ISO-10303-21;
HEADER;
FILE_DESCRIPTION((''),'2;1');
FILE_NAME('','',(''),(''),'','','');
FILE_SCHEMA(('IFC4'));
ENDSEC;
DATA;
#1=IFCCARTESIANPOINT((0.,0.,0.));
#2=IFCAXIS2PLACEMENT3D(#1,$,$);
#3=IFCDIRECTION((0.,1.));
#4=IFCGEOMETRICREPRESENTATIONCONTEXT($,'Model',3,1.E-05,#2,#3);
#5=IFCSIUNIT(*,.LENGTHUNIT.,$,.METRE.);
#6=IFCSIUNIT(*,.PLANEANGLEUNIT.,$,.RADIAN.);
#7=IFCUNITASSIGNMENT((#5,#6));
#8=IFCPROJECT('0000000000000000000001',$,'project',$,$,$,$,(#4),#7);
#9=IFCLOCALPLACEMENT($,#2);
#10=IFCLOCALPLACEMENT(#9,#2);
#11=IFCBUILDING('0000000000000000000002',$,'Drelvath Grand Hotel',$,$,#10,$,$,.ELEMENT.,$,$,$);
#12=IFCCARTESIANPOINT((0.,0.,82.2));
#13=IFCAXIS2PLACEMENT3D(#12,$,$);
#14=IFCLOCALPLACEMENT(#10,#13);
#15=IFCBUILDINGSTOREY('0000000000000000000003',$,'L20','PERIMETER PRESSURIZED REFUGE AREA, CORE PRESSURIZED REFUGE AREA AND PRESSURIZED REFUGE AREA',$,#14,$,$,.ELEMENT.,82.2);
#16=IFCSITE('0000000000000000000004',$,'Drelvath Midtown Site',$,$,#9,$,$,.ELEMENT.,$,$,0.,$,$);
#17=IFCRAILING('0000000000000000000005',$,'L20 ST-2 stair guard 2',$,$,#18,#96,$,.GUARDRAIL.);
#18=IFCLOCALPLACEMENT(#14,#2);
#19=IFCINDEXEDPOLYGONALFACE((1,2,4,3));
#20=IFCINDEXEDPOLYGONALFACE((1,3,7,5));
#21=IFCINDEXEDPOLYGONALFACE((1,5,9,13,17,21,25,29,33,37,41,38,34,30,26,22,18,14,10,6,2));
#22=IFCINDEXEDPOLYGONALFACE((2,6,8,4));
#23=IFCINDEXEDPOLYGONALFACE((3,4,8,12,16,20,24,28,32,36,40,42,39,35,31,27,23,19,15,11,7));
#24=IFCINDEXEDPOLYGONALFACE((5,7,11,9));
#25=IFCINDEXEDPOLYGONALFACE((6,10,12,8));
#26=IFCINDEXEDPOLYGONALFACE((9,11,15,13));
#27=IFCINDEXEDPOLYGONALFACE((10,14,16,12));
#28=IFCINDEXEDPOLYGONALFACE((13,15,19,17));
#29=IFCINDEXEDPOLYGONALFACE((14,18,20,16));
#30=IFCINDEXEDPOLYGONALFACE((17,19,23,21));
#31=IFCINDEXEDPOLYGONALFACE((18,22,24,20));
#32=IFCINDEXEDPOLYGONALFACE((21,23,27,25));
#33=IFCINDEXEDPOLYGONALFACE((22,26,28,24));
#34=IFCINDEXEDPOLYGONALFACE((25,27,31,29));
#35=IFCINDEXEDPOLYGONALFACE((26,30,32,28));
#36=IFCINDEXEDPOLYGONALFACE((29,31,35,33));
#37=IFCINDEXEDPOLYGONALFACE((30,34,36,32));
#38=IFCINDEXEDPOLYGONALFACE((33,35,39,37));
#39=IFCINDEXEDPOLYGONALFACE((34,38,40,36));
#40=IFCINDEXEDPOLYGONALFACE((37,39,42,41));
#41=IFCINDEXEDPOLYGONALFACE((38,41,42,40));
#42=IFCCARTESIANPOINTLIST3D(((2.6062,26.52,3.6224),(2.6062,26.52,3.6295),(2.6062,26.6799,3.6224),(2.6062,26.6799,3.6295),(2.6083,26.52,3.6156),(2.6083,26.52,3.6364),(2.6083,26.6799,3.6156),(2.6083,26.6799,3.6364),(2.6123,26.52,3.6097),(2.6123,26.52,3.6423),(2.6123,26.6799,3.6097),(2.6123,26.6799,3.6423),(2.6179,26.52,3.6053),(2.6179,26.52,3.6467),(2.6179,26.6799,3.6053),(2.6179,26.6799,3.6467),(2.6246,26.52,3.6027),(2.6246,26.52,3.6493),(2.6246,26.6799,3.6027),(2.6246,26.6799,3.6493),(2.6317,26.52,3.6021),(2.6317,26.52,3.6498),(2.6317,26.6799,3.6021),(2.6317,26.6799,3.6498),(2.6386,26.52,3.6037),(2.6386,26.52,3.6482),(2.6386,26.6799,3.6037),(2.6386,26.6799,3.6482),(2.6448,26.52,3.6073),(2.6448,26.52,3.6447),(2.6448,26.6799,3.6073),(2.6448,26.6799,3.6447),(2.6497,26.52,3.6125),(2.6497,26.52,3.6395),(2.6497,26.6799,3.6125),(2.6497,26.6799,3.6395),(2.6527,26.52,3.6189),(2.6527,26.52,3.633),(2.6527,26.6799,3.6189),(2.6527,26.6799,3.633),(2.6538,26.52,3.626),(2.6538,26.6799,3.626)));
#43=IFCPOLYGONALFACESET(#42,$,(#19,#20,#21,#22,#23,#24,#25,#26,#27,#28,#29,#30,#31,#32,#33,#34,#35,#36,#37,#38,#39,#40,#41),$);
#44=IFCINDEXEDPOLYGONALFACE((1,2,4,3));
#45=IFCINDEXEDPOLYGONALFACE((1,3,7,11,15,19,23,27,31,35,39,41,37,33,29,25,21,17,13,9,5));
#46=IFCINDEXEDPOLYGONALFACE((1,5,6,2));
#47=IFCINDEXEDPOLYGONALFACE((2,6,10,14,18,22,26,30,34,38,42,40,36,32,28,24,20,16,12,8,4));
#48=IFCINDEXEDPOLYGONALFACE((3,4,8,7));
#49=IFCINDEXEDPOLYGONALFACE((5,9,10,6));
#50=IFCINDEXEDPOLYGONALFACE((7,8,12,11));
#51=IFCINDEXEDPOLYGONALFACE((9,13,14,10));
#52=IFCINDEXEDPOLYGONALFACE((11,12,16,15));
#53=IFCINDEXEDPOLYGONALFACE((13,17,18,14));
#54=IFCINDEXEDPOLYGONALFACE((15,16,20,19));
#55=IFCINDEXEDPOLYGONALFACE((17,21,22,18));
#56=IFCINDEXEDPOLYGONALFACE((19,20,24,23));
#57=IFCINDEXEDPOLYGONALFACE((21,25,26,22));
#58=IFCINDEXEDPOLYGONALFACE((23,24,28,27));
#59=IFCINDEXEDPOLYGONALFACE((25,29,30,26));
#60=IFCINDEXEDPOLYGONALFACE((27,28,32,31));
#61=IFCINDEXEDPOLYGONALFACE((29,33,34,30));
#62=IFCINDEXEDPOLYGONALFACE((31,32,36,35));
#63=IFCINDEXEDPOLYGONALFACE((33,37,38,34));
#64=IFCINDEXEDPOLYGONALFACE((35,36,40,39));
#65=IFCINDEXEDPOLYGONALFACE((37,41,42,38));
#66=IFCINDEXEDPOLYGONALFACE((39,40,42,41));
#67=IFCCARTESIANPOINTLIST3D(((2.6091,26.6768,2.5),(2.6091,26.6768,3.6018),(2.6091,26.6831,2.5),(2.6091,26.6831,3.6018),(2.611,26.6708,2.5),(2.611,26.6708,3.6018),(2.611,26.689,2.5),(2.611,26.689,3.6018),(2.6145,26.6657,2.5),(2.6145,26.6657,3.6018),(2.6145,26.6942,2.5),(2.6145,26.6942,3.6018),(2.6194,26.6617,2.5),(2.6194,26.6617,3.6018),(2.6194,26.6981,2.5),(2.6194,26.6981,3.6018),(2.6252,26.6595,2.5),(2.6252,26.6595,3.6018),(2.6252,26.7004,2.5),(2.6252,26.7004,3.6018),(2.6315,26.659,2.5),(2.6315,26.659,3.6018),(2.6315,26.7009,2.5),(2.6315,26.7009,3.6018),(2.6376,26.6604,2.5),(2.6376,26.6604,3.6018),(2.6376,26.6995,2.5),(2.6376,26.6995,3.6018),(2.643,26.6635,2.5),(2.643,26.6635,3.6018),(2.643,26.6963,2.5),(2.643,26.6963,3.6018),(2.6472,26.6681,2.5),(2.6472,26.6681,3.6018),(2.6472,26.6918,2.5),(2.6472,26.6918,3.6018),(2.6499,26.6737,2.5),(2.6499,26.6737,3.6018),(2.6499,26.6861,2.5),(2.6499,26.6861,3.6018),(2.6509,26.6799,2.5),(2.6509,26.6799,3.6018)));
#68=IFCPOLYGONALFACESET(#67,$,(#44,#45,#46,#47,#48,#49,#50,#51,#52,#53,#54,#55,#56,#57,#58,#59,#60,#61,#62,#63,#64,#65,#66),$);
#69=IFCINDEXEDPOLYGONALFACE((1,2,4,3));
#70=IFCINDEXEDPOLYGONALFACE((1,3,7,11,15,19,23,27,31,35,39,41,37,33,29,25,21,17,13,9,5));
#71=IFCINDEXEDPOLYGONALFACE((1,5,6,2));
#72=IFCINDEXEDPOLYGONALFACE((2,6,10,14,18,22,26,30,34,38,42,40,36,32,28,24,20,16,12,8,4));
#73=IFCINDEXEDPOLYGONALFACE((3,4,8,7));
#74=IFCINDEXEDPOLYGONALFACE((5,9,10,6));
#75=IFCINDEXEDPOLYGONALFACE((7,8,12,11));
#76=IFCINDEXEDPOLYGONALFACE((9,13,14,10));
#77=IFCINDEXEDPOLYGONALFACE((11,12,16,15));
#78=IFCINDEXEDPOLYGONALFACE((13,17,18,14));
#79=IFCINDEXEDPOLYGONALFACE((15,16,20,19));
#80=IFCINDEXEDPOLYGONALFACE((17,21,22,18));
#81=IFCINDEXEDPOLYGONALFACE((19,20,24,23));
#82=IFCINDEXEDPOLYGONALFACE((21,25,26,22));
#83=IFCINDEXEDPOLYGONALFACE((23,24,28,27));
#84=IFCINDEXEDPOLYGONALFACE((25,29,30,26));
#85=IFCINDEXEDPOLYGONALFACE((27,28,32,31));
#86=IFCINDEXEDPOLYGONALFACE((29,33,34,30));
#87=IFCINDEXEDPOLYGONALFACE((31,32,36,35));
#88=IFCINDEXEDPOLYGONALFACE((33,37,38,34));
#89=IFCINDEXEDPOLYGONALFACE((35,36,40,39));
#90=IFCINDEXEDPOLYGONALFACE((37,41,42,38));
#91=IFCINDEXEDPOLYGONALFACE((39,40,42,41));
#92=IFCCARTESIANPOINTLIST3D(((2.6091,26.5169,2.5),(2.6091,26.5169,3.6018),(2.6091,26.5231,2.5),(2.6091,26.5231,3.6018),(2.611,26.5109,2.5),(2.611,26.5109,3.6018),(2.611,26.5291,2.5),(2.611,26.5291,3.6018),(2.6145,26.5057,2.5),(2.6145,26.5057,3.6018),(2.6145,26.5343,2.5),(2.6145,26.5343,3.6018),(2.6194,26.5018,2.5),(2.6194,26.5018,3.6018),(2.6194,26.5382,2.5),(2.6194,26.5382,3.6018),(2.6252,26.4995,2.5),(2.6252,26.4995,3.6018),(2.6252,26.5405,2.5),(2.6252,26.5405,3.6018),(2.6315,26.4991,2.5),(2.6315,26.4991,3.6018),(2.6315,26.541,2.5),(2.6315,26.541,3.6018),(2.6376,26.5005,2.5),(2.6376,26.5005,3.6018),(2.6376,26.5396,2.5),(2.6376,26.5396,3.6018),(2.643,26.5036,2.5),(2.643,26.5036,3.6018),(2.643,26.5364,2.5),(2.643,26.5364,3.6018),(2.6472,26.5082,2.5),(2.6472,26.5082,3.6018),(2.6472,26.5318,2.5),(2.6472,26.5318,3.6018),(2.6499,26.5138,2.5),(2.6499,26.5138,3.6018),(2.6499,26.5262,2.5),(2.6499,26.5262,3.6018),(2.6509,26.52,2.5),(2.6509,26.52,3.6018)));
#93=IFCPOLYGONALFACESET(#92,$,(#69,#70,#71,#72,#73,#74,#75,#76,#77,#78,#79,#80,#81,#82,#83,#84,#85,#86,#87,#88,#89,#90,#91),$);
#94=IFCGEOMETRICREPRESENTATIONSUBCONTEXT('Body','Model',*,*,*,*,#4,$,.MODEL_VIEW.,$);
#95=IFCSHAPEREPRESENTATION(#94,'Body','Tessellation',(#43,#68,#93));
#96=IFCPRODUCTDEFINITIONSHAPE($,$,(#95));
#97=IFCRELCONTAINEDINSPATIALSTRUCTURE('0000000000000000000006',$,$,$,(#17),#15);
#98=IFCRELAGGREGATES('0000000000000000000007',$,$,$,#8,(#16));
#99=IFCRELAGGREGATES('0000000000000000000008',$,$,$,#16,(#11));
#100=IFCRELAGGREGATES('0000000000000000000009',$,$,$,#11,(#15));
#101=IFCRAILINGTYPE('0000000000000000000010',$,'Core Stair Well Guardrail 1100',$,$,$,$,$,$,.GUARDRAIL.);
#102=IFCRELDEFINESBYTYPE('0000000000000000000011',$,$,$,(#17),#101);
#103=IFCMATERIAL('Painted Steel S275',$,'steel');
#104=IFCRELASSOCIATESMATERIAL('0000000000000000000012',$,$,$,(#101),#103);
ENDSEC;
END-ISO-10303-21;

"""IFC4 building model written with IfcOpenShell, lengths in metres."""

from ifc_helpers import new_model, si_unit, direction, frame, origin, origin_2d, place, context, subcontext, project, spatial, circle, extrude, material, type_object, element, save


model = new_model("IFC4")

# Units and contexts
model_context = context("Model", 3, precision=1e-05, world=origin(), true_north=direction((0.0, 1.0)))
body_context = subcontext(model_context, "Body", "Model", "MODEL_VIEW")
ifc_project = project(units=[si_unit("LENGTHUNIT", "METRE"), si_unit("PLANEANGLEUNIT", "RADIAN")], contexts=[model_context])

# Site, building, storey
site_placement = place(None, origin())
site = spatial("IfcSite", under=ifc_project, at=site_placement, Name="Drelvath Midtown Site", CompositionType="ELEMENT", RefElevation=0.0)
building_placement = place(site_placement, origin())
building = spatial("IfcBuilding", under=site, at=building_placement, Name="Drelvath Grand Hotel", CompositionType="ELEMENT")
storey_placement = place(building_placement, frame((0.0, 0.0, 82.2)))
storey = spatial("IfcBuildingStorey", under=building, at=storey_placement, Name="L20", Description="PERIMETER PRESSURIZED REFUGE AREA, CORE PRESSURIZED REFUGE AREA AND PRESSURIZED REFUGE AREA", CompositionType="ELEMENT", Elevation=82.2)

# Shared definitions
ifc_material_1 = material(Name="Painted Steel S275", Category="steel")

# Railing
railing_type_1 = type_object("IfcRailingType", Name="Core Stair Well Guardrail 1100", PredefinedType="GUARDRAIL", material=ifc_material_1)
railing_1_placement = place(storey_placement, frame((2.6299, 26.6799, 2.5)))
element("IfcRailing", 1, at=railing_1_placement, inside=storey, type_object=railing_type_1, Name="L20 ST-2 stair guard 2", PredefinedType="GUARDRAIL", context=body_context, shape_type="SweptSolid", body=[
    extrude(circle(Radius=0.0239, at=origin_2d()), frame((0.0, 0.0, 1.126), z_axis=(0.0, -1.0, 0.0), x_axis=(1.0, 0.0, 0.0)), (0.0, 0.0, 1.0), 0.1599),
    extrude(circle(Radius=0.021, at=origin_2d()), origin(), (0.0, 0.0, 1.0), 1.1018),
    extrude(circle(Radius=0.021, at=origin_2d()), frame((0.0, -0.1599, 0.0)), (0.0, 0.0, 1.0), 1.1018),
])

save(model, "model.ifc")
